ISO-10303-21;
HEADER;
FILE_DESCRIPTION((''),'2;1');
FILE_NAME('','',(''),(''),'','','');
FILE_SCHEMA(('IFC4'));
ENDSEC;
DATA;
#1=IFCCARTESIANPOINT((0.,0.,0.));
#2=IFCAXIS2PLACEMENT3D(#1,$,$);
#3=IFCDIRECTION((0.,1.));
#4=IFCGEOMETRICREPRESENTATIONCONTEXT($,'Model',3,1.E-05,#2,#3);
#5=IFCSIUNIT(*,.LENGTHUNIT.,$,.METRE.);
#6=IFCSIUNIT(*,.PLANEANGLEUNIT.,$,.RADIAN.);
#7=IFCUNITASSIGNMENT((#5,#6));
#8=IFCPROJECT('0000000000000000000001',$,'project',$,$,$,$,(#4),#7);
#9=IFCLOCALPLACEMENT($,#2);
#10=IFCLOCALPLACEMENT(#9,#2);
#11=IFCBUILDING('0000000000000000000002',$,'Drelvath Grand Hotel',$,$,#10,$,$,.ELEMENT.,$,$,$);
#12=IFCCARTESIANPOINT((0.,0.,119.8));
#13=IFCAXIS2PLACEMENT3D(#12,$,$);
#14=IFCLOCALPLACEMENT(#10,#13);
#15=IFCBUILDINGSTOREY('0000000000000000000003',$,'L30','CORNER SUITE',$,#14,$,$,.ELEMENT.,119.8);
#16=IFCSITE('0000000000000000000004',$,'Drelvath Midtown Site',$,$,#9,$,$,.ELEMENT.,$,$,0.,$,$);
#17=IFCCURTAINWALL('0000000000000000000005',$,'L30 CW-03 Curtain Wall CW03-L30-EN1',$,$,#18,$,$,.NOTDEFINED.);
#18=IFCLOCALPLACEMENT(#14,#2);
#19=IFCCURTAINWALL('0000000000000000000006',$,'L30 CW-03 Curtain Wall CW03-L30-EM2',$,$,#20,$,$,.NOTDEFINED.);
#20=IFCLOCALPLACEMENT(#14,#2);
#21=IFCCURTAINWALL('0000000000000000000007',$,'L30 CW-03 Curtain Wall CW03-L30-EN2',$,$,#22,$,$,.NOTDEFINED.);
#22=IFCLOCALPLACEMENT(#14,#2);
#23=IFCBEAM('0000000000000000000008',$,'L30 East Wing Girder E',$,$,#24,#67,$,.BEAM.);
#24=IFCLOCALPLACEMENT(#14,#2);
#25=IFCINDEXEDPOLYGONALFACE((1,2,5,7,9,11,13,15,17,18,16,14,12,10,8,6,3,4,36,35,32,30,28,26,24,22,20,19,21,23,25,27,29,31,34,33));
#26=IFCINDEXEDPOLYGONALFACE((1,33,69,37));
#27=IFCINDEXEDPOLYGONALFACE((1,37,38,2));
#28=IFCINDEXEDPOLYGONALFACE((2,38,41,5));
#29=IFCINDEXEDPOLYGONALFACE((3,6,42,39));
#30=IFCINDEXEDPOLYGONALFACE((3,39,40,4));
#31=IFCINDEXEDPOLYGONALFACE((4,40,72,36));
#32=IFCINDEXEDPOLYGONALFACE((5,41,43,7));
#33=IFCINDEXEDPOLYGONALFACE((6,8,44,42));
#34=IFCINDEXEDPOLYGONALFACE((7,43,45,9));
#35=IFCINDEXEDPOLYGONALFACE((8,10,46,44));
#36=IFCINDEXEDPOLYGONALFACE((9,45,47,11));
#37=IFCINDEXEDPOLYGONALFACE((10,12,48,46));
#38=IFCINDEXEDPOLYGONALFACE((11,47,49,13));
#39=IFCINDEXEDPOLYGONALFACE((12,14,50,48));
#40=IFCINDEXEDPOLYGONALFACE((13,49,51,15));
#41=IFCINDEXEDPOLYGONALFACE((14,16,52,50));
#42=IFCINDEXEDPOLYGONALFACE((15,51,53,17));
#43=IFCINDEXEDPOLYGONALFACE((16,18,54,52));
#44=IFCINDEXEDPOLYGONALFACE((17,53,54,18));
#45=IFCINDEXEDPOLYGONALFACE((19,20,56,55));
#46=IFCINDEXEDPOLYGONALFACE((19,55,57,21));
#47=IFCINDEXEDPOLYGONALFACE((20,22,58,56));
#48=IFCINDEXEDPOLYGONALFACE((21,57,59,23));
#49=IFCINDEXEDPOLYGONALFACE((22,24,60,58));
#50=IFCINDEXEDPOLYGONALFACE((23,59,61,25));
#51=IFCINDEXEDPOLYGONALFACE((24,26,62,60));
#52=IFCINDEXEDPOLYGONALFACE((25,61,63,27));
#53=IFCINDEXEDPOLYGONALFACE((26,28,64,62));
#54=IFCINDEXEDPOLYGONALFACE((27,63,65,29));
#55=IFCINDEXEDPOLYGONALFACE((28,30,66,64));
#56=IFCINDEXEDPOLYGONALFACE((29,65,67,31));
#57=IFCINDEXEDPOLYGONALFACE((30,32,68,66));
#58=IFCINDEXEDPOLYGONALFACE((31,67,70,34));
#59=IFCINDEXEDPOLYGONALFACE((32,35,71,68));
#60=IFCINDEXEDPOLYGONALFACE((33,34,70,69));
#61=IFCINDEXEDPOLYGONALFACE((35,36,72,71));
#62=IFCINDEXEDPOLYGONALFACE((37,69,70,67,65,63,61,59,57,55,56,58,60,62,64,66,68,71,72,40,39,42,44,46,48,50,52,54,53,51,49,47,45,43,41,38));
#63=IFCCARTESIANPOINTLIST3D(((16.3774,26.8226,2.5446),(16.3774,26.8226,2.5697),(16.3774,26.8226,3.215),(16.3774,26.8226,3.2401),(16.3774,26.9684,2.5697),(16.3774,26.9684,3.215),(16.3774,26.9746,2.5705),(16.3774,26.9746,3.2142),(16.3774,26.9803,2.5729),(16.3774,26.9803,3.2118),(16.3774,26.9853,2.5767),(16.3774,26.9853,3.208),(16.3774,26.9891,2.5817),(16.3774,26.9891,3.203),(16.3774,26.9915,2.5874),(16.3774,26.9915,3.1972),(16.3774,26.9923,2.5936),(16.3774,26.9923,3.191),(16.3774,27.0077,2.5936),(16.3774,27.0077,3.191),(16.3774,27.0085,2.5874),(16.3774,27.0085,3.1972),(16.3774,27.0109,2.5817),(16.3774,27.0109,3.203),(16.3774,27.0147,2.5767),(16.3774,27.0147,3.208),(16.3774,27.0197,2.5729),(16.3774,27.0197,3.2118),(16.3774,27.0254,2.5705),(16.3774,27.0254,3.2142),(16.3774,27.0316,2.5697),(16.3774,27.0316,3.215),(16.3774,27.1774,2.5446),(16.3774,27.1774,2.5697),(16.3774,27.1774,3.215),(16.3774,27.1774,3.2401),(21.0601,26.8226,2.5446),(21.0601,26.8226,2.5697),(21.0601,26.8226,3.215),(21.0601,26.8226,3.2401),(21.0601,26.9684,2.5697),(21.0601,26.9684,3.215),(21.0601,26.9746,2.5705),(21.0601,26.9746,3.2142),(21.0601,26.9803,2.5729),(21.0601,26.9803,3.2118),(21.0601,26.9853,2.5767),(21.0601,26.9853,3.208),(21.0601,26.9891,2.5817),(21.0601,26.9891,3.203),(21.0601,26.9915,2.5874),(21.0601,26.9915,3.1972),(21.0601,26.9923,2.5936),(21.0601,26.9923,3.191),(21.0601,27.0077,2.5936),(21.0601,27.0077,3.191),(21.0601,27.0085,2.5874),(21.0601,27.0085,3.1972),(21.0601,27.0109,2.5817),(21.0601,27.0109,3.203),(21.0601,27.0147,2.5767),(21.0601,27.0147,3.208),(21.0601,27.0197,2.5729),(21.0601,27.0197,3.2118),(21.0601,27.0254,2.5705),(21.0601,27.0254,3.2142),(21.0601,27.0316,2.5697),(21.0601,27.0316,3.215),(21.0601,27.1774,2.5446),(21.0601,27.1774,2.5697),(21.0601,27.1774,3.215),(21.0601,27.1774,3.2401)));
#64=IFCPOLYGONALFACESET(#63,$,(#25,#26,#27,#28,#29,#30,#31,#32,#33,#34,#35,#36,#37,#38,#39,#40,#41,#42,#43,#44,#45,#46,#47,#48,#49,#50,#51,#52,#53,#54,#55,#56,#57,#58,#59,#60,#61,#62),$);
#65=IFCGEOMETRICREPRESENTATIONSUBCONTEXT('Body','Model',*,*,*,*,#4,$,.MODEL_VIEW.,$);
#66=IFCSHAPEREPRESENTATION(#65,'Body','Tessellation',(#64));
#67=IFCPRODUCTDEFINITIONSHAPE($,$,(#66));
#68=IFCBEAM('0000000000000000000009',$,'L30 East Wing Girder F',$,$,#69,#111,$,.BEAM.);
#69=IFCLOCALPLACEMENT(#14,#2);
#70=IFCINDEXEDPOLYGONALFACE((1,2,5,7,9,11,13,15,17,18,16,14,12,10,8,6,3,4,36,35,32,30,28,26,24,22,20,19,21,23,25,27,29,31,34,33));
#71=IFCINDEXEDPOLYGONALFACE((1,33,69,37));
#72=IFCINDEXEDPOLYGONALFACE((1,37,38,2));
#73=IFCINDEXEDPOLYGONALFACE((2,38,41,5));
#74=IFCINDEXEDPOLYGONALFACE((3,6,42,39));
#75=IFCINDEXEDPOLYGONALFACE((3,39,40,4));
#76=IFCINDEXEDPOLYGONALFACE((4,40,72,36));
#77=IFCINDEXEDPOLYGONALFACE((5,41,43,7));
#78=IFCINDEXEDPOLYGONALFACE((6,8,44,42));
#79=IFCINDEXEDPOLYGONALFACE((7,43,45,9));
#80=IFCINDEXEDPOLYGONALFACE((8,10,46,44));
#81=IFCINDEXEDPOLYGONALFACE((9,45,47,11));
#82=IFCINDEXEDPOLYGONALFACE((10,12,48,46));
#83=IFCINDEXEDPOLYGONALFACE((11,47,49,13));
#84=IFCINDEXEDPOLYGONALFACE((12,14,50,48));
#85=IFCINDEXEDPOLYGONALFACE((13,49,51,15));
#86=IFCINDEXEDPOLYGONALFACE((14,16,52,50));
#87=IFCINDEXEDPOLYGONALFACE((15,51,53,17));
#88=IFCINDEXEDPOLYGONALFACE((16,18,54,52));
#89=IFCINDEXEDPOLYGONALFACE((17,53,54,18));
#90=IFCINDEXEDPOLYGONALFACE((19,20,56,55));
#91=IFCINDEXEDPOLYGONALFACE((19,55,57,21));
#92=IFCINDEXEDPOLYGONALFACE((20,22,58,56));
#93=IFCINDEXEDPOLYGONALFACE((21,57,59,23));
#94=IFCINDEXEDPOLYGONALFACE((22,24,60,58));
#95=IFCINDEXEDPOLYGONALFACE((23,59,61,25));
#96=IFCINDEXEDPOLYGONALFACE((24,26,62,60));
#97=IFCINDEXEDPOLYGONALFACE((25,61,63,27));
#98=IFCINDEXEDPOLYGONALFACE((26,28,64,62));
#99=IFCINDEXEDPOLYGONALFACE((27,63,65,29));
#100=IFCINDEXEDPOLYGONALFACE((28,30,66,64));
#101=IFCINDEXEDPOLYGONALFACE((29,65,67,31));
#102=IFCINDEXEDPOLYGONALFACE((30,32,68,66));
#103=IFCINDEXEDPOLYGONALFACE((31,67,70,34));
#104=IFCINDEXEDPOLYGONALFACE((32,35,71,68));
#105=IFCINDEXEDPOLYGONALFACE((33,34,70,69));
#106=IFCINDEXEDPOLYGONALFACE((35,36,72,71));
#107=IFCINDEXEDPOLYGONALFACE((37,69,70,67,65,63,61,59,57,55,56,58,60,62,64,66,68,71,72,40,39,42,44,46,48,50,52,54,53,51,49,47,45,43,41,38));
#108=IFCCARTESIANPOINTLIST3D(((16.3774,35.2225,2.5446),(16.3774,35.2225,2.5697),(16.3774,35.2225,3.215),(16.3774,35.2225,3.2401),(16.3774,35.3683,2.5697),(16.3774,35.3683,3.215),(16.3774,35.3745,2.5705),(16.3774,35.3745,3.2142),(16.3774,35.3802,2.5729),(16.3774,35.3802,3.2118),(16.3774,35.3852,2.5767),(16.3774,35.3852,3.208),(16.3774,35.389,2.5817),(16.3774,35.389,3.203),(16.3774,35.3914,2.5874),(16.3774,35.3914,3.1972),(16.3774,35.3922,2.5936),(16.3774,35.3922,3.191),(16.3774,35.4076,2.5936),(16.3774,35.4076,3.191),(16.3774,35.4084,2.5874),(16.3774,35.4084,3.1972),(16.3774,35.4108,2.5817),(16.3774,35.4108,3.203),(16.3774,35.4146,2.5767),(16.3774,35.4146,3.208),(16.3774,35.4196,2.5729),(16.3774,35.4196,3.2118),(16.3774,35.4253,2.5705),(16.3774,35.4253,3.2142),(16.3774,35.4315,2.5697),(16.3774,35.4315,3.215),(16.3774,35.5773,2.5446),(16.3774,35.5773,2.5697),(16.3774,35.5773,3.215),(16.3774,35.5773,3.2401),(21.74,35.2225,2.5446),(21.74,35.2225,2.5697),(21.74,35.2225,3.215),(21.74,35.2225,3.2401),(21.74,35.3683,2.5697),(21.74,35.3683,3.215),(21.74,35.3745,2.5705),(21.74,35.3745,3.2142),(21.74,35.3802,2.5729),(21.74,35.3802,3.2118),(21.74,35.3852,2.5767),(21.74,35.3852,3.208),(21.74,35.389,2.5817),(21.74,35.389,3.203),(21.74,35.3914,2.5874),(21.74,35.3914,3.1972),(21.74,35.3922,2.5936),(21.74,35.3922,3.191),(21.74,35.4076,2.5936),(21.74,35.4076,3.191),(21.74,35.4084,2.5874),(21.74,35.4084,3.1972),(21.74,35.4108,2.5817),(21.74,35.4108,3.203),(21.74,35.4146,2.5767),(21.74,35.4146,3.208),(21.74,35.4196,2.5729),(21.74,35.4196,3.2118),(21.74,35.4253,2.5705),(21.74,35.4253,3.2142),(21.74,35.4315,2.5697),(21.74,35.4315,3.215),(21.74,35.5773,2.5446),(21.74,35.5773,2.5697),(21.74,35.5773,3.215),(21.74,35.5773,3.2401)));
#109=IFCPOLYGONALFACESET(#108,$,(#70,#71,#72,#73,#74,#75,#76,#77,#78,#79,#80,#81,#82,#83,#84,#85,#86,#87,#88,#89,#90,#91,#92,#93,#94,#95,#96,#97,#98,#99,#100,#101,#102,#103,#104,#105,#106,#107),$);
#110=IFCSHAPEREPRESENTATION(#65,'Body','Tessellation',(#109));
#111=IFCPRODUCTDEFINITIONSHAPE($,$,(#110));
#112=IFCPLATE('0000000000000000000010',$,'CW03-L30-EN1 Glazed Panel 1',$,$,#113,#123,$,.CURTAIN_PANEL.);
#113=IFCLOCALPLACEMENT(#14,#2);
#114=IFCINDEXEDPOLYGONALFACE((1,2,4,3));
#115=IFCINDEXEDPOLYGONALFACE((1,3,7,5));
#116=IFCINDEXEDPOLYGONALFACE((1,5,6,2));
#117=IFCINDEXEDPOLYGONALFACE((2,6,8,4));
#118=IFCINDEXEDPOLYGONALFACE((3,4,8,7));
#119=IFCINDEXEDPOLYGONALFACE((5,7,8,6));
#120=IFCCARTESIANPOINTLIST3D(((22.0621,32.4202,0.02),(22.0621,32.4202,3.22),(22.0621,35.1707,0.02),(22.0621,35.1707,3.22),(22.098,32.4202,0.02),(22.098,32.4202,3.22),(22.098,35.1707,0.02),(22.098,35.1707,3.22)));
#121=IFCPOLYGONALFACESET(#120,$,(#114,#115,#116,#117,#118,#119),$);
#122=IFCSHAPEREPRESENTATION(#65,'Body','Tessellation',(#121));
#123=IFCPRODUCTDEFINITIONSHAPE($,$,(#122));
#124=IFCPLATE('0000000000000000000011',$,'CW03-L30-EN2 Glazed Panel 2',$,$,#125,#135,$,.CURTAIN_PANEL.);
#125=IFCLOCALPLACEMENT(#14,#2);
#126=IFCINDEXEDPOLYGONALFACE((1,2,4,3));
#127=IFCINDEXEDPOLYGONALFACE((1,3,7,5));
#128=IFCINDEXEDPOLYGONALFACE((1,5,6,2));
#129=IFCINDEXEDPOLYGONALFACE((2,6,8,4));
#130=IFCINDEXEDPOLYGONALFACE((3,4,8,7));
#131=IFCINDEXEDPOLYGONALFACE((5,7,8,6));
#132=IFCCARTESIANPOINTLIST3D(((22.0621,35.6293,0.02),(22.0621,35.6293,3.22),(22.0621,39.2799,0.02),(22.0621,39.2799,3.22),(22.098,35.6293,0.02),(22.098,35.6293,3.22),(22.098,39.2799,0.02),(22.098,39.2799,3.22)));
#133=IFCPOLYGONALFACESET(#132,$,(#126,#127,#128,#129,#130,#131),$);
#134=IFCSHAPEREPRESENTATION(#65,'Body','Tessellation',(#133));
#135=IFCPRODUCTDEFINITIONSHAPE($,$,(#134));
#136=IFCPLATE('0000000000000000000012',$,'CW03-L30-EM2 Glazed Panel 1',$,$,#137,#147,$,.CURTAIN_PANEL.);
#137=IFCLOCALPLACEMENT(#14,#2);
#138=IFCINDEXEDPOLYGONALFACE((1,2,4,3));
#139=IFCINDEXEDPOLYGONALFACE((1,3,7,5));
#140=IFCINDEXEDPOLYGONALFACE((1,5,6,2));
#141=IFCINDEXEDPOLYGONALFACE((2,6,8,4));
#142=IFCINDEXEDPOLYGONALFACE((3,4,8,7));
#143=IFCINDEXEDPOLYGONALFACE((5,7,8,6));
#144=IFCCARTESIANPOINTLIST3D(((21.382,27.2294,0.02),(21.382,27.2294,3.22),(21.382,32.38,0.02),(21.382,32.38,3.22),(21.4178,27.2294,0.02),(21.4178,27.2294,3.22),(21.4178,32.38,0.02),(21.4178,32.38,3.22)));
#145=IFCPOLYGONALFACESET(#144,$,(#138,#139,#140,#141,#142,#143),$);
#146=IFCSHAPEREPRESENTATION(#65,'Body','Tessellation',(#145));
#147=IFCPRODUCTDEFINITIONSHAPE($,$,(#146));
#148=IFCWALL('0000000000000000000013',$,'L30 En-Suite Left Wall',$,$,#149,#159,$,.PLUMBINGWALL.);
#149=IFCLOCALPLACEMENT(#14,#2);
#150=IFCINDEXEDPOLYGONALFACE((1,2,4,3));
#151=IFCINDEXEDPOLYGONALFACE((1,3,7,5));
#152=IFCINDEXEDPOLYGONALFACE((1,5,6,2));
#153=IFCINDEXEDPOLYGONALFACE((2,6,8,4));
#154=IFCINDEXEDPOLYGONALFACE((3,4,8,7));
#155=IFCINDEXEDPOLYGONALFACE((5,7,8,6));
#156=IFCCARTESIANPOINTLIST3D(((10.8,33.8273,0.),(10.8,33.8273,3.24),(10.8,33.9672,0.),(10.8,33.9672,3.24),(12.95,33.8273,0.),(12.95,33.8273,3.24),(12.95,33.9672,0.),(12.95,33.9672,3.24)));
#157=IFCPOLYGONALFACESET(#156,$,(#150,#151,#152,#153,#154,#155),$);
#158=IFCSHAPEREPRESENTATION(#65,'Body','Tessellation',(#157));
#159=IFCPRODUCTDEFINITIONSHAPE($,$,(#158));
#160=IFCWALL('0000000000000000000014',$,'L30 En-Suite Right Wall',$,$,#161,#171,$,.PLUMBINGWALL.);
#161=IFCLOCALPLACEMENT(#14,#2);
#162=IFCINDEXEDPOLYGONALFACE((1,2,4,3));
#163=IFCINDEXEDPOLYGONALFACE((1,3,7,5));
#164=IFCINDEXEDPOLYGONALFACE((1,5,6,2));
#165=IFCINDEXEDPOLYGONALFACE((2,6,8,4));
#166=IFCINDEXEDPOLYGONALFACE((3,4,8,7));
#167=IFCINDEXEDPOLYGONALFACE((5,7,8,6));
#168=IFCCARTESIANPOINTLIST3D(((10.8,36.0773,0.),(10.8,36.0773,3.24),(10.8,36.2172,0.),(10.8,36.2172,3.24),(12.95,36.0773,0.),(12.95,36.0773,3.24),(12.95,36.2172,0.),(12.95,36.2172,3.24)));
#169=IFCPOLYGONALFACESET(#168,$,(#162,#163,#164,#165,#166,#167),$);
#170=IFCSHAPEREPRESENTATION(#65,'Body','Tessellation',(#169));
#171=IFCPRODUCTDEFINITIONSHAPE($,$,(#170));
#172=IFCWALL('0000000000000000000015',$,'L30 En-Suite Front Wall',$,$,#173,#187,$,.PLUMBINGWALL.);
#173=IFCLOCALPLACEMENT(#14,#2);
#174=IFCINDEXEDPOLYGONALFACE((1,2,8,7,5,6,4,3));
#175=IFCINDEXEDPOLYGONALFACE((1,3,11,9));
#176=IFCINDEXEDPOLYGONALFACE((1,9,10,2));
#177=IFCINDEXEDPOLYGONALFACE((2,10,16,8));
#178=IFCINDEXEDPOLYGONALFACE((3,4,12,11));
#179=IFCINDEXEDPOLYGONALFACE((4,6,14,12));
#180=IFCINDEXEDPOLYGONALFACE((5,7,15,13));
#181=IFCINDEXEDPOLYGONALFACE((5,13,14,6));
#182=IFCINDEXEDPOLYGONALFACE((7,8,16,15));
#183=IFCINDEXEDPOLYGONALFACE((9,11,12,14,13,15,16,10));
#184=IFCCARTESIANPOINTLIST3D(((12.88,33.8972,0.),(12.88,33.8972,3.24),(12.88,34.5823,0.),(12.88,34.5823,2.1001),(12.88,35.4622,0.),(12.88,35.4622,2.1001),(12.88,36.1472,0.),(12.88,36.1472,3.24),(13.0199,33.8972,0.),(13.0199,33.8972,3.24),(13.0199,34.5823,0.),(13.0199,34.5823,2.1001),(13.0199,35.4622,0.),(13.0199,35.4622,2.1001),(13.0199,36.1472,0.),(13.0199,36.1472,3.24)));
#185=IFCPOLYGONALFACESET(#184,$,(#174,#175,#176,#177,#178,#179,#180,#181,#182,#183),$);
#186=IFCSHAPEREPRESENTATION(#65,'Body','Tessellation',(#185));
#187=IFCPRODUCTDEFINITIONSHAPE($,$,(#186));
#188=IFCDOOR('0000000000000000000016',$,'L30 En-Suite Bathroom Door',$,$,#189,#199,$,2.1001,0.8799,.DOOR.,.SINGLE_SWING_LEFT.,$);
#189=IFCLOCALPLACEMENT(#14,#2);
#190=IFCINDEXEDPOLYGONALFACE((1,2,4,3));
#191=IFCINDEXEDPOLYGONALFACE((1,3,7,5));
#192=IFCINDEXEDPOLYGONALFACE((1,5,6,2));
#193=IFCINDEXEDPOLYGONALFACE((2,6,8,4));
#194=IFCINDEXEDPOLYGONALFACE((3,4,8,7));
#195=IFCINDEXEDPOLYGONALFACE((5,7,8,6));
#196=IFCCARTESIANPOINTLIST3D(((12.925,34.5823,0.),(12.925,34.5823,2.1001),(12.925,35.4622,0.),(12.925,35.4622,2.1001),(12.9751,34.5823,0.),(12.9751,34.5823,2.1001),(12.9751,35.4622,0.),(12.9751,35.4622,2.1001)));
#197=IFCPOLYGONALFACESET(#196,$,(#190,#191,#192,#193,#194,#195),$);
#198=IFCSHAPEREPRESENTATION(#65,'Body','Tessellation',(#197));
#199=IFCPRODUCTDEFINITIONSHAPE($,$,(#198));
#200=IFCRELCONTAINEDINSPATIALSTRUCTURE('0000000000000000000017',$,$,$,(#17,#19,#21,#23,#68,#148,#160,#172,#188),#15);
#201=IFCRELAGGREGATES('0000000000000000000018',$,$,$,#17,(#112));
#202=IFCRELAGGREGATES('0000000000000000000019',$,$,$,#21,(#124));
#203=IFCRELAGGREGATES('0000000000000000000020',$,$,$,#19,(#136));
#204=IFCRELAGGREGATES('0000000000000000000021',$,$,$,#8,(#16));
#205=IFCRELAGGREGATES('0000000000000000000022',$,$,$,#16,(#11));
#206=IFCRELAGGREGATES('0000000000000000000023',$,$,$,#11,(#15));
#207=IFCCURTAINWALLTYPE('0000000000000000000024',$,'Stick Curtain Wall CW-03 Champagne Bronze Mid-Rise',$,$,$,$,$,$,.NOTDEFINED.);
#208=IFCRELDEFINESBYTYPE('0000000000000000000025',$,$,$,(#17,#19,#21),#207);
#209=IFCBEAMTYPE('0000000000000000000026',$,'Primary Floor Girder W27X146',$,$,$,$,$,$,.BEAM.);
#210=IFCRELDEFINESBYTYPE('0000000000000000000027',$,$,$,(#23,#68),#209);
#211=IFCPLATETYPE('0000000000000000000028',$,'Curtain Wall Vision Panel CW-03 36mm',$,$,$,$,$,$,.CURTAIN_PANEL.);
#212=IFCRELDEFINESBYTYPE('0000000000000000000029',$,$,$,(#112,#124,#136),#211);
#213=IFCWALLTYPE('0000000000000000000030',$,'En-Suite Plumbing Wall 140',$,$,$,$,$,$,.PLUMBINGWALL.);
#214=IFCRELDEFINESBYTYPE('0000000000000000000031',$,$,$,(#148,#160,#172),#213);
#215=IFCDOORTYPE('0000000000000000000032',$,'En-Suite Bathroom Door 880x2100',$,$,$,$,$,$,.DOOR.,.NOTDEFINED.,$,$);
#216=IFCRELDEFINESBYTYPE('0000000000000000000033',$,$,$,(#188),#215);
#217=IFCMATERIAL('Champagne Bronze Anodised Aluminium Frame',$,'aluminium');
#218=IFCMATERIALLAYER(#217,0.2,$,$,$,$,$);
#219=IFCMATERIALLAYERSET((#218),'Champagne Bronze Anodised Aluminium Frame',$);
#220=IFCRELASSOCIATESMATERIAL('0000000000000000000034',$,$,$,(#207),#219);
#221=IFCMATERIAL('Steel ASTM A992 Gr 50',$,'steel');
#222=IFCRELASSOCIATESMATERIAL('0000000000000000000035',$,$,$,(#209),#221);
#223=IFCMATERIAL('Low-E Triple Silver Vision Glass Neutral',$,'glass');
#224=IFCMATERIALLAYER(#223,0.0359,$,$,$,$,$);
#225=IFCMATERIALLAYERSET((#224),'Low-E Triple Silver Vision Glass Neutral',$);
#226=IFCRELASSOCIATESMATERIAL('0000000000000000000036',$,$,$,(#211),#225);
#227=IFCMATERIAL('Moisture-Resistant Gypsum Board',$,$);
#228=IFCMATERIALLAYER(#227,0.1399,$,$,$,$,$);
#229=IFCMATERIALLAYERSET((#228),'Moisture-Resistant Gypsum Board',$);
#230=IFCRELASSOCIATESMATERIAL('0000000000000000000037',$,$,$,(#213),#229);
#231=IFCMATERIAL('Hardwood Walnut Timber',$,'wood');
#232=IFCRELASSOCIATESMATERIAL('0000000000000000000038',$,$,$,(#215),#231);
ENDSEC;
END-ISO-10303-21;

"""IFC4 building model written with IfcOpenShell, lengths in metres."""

from ifc_helpers import new_model, si_unit, direction, frame, frame_2d, origin, origin_2d, place, context, subcontext, project, spatial, rectangle, i_section, extrude, material, layer, layer_set, material_profile, profile_set, type_object, element, fill, aggregate, save


model = new_model("IFC4")

# Units and contexts
model_context = context("Model", 3, precision=1e-05, world=origin(), true_north=direction((0.0, 1.0)))
body_context = subcontext(model_context, "Body", "Model", "MODEL_VIEW")
ifc_project = project(units=[si_unit("LENGTHUNIT", "METRE"), si_unit("PLANEANGLEUNIT", "RADIAN")], contexts=[model_context])

# Site, building, storey
site_placement = place(None, origin())
site = spatial("IfcSite", under=ifc_project, at=site_placement, Name="Drelvath Midtown Site", CompositionType="ELEMENT", RefElevation=0.0)
building_placement = place(site_placement, origin())
building = spatial("IfcBuilding", under=site, at=building_placement, Name="Drelvath Grand Hotel", CompositionType="ELEMENT")
storey_placement = place(building_placement, frame((0.0, 0.0, 119.8)))
storey = spatial("IfcBuildingStorey", under=building, at=storey_placement, Name="L30", Description="CORNER SUITE", CompositionType="ELEMENT", Elevation=119.8)

# Curtain walls
ifc_material_1 = material(Name="Champagne Bronze Anodised Aluminium Frame", Category="aluminium")
ifc_layer_1 = layer(ifc_material_1, 0.2)
ifc_layer_set_1 = layer_set([ifc_layer_1], Name="Champagne Bronze Anodised Aluminium Frame")
curtain_wall_type = type_object("IfcCurtainWallType", Name="Stick Curtain Wall CW-03 Champagne Bronze Mid-Rise", PredefinedType="NOTDEFINED", material=ifc_layer_set_1)
curtain_wall_1_placement = place(storey_placement, origin())
curtain_wall_1 = element("IfcCurtainWall", 1, at=curtain_wall_1_placement, inside=storey, type_object=curtain_wall_type, Name="L30 CW-03 Curtain Wall CW03-L30-EN1", PredefinedType="NOTDEFINED")
curtain_wall_2_placement = place(storey_placement, origin())
curtain_wall_2 = element("IfcCurtainWall", 2, at=curtain_wall_2_placement, inside=storey, type_object=curtain_wall_type, Name="L30 CW-03 Curtain Wall CW03-L30-EM2", PredefinedType="NOTDEFINED")

# Curtain wall
curtain_wall_3_placement = place(storey_placement, origin())
curtain_wall_3 = element("IfcCurtainWall", 3, at=curtain_wall_3_placement, inside=storey, type_object=curtain_wall_type, Name="L30 CW-03 Curtain Wall CW03-L30-EN2", PredefinedType="NOTDEFINED")

# Beams
ifc_material_2 = material(Name="Steel ASTM A992 Gr 50", Category="steel")
ifc_material_profile_1 = material_profile(ifc_material_2, i_section(OverallWidth=0.3547, OverallDepth=0.6956, WebThickness=0.0154, FlangeThickness=0.0251, FilletRadius=0.0239, at=origin_2d()), Name="W27X146")
ifc_profile_set_1 = profile_set([ifc_material_profile_1], Name="Steel ASTM A992 Gr 50")
beam_type_1 = type_object("IfcBeamType", Name="Primary Floor Girder W27X146", PredefinedType="BEAM", material=ifc_profile_set_1)
beam_1_placement = place(storey_placement, frame((16.3774, 27.0, 2.8923), z_axis=(1.0, 0.0, 0.0), x_axis=(0.0, 1.0, 0.0)))
element("IfcBeam", 4, at=beam_1_placement, inside=storey, type_object=beam_type_1, Name="L30 East Wing Girder E", PredefinedType="BEAM", context=body_context, shape_type="SweptSolid", body=[
    extrude(i_section(OverallWidth=0.3547, OverallDepth=0.6956, WebThickness=0.0154, FlangeThickness=0.0251, FilletRadius=0.0239, at=origin_2d()), origin(), (0.0, 0.0, 1.0), 4.6826),
])
beam_2_placement = place(storey_placement, frame((16.3774, 35.3999, 2.8923), z_axis=(1.0, 0.0, 0.0), x_axis=(0.0, 1.0, 0.0)))
element("IfcBeam", 5, at=beam_2_placement, inside=storey, type_object=beam_type_1, Name="L30 East Wing Girder F", PredefinedType="BEAM", context=body_context, shape_type="SweptSolid", body=[
    extrude(i_section(OverallWidth=0.3547, OverallDepth=0.6956, WebThickness=0.0154, FlangeThickness=0.0251, FilletRadius=0.0239, at=origin_2d()), origin(), (0.0, 0.0, 1.0), 5.3625),
])

# Plates
ifc_material_3 = material(Name="Low-E Triple Silver Vision Glass Neutral", Category="glass")
ifc_layer_2 = layer(ifc_material_3, 0.0359)
ifc_layer_set_2 = layer_set([ifc_layer_2], Name="Low-E Triple Silver Vision Glass Neutral")
plate_type = type_object("IfcPlateType", Name="Curtain Wall Vision Panel CW-03 36mm", PredefinedType="CURTAIN_PANEL", material=ifc_layer_set_2)
plate_1_placement = place(storey_placement, frame((22.0801, 33.7954, 0.02), z_axis=(0.0, 0.0, 1.0), x_axis=(0.0, -1.0, 0.0)))
plate_1 = element("IfcPlate", 6, at=plate_1_placement, type_object=plate_type, Name="CW03-L30-EN1 Glazed Panel 1", PredefinedType="CURTAIN_PANEL", context=body_context, shape_type="SweptSolid", body=[
    extrude(rectangle(XDim=2.7505, YDim=0.0359, at=origin_2d()), origin(), (0.0, 0.0, 1.0), 3.2),
])
aggregate(curtain_wall_1, [plate_1])
plate_2_placement = place(storey_placement, frame((22.0801, 37.4546, 0.02), z_axis=(0.0, 0.0, 1.0), x_axis=(0.0, -1.0, 0.0)))
plate_2 = element("IfcPlate", 7, at=plate_2_placement, type_object=plate_type, Name="CW03-L30-EN2 Glazed Panel 2", PredefinedType="CURTAIN_PANEL", context=body_context, shape_type="SweptSolid", body=[
    extrude(rectangle(XDim=3.6506, YDim=0.0359, at=origin_2d()), origin(), (0.0, 0.0, 1.0), 3.2),
])
aggregate(curtain_wall_3, [plate_2])
plate_3_placement = place(storey_placement, frame((21.3999, 29.8047, 0.02), z_axis=(0.0, 0.0, 1.0), x_axis=(0.0, -1.0, 0.0)))
plate_3 = element("IfcPlate", 8, at=plate_3_placement, type_object=plate_type, Name="CW03-L30-EM2 Glazed Panel 1", PredefinedType="CURTAIN_PANEL", context=body_context, shape_type="SweptSolid", body=[
    extrude(rectangle(XDim=5.1506, YDim=0.0359, at=origin_2d()), origin(), (0.0, 0.0, 1.0), 3.2),
])
aggregate(curtain_wall_2, [plate_3])

# Walls
ifc_material_4 = material(Name="Moisture-Resistant Gypsum Board")
ifc_layer_3 = layer(ifc_material_4, 0.1399)
ifc_layer_set_3 = layer_set([ifc_layer_3], Name="Moisture-Resistant Gypsum Board")
wall_type_1 = type_object("IfcWallType", Name="En-Suite Plumbing Wall 140", PredefinedType="PLUMBINGWALL", material=ifc_layer_set_3)
for number, where, z_axis, x_axis, name in (
    (9, (10.8, 33.8972, 0.0), (0.0, 0.0, 1.0), (1.0, 0.0, 0.0), "L30 En-Suite Left Wall"),
    (10, (10.8, 36.1472, 0.0), (0.0, 0.0, 1.0), (1.0, 0.0, 0.0), "L30 En-Suite Right Wall"),
):
    element("IfcWall", number, at=place(storey_placement, frame(where, z_axis=z_axis, x_axis=x_axis)), inside=storey, type_object=wall_type_1, Name=name, PredefinedType="PLUMBINGWALL", context=body_context, shape_type="SweptSolid", body=[
        extrude(rectangle(XDim=2.1499, YDim=0.1399, at=frame_2d((1.075, 0.0))), origin(), (0.0, 0.0, 1.0), 3.24),
    ])

# Wall, opening, door
wall_1_placement = place(storey_placement, frame((12.95, 33.8972, 0.0), z_axis=(0.0, 0.0, 1.0), x_axis=(0.0, 1.0, 0.0)))
wall_1 = element("IfcWall", 11, at=wall_1_placement, inside=storey, type_object=wall_type_1, Name="L30 En-Suite Front Wall", PredefinedType="PLUMBINGWALL", context=body_context, shape_type="SweptSolid", body=[
    extrude(rectangle(XDim=2.25, YDim=0.1399, at=frame_2d((1.125, 0.0))), origin(), (0.0, 0.0, 1.0), 3.24),
])
opening_placement = place(wall_1_placement, frame((0.6851, 0.0, 0.0)))
opening = element("IfcOpeningElement", 12, at=opening_placement, cuts=wall_1, PredefinedType="OPENING", context=body_context, shape_type="SweptSolid", body=[
    extrude(rectangle(XDim=0.8799, YDim=2.1001, at=frame_2d((0.4399, 1.05))), frame((0.0, 0.0798, 0.0), z_axis=(0.0, -1.0, 0.0), x_axis=(1.0, 0.0, 0.0)), (0.0, 0.0, 1.0), 0.1599),
])
ifc_material_5 = material(Name="Hardwood Walnut Timber", Category="wood")
door_type = type_object("IfcDoorType", Name="En-Suite Bathroom Door 880x2100", OperationType="NOTDEFINED", PredefinedType="DOOR", material=ifc_material_5)
door_placement = place(opening_placement, origin())
door = element("IfcDoor", 13, at=door_placement, inside=storey, type_object=door_type, Name="L30 En-Suite Bathroom Door", OperationType="SINGLE_SWING_LEFT", OverallHeight=2.1001, OverallWidth=0.8799, PredefinedType="DOOR", context=body_context, shape_type="SweptSolid", body=[
    extrude(rectangle(XDim=0.8799, YDim=2.1001, at=frame_2d((0.4399, 1.05))), frame((0.0, 0.0249, 0.0), z_axis=(0.0, -1.0, 0.0), x_axis=(1.0, 0.0, 0.0)), (0.0, 0.0, 1.0), 0.05),
])
fill(opening, door)

save(model, "model.ifc")
